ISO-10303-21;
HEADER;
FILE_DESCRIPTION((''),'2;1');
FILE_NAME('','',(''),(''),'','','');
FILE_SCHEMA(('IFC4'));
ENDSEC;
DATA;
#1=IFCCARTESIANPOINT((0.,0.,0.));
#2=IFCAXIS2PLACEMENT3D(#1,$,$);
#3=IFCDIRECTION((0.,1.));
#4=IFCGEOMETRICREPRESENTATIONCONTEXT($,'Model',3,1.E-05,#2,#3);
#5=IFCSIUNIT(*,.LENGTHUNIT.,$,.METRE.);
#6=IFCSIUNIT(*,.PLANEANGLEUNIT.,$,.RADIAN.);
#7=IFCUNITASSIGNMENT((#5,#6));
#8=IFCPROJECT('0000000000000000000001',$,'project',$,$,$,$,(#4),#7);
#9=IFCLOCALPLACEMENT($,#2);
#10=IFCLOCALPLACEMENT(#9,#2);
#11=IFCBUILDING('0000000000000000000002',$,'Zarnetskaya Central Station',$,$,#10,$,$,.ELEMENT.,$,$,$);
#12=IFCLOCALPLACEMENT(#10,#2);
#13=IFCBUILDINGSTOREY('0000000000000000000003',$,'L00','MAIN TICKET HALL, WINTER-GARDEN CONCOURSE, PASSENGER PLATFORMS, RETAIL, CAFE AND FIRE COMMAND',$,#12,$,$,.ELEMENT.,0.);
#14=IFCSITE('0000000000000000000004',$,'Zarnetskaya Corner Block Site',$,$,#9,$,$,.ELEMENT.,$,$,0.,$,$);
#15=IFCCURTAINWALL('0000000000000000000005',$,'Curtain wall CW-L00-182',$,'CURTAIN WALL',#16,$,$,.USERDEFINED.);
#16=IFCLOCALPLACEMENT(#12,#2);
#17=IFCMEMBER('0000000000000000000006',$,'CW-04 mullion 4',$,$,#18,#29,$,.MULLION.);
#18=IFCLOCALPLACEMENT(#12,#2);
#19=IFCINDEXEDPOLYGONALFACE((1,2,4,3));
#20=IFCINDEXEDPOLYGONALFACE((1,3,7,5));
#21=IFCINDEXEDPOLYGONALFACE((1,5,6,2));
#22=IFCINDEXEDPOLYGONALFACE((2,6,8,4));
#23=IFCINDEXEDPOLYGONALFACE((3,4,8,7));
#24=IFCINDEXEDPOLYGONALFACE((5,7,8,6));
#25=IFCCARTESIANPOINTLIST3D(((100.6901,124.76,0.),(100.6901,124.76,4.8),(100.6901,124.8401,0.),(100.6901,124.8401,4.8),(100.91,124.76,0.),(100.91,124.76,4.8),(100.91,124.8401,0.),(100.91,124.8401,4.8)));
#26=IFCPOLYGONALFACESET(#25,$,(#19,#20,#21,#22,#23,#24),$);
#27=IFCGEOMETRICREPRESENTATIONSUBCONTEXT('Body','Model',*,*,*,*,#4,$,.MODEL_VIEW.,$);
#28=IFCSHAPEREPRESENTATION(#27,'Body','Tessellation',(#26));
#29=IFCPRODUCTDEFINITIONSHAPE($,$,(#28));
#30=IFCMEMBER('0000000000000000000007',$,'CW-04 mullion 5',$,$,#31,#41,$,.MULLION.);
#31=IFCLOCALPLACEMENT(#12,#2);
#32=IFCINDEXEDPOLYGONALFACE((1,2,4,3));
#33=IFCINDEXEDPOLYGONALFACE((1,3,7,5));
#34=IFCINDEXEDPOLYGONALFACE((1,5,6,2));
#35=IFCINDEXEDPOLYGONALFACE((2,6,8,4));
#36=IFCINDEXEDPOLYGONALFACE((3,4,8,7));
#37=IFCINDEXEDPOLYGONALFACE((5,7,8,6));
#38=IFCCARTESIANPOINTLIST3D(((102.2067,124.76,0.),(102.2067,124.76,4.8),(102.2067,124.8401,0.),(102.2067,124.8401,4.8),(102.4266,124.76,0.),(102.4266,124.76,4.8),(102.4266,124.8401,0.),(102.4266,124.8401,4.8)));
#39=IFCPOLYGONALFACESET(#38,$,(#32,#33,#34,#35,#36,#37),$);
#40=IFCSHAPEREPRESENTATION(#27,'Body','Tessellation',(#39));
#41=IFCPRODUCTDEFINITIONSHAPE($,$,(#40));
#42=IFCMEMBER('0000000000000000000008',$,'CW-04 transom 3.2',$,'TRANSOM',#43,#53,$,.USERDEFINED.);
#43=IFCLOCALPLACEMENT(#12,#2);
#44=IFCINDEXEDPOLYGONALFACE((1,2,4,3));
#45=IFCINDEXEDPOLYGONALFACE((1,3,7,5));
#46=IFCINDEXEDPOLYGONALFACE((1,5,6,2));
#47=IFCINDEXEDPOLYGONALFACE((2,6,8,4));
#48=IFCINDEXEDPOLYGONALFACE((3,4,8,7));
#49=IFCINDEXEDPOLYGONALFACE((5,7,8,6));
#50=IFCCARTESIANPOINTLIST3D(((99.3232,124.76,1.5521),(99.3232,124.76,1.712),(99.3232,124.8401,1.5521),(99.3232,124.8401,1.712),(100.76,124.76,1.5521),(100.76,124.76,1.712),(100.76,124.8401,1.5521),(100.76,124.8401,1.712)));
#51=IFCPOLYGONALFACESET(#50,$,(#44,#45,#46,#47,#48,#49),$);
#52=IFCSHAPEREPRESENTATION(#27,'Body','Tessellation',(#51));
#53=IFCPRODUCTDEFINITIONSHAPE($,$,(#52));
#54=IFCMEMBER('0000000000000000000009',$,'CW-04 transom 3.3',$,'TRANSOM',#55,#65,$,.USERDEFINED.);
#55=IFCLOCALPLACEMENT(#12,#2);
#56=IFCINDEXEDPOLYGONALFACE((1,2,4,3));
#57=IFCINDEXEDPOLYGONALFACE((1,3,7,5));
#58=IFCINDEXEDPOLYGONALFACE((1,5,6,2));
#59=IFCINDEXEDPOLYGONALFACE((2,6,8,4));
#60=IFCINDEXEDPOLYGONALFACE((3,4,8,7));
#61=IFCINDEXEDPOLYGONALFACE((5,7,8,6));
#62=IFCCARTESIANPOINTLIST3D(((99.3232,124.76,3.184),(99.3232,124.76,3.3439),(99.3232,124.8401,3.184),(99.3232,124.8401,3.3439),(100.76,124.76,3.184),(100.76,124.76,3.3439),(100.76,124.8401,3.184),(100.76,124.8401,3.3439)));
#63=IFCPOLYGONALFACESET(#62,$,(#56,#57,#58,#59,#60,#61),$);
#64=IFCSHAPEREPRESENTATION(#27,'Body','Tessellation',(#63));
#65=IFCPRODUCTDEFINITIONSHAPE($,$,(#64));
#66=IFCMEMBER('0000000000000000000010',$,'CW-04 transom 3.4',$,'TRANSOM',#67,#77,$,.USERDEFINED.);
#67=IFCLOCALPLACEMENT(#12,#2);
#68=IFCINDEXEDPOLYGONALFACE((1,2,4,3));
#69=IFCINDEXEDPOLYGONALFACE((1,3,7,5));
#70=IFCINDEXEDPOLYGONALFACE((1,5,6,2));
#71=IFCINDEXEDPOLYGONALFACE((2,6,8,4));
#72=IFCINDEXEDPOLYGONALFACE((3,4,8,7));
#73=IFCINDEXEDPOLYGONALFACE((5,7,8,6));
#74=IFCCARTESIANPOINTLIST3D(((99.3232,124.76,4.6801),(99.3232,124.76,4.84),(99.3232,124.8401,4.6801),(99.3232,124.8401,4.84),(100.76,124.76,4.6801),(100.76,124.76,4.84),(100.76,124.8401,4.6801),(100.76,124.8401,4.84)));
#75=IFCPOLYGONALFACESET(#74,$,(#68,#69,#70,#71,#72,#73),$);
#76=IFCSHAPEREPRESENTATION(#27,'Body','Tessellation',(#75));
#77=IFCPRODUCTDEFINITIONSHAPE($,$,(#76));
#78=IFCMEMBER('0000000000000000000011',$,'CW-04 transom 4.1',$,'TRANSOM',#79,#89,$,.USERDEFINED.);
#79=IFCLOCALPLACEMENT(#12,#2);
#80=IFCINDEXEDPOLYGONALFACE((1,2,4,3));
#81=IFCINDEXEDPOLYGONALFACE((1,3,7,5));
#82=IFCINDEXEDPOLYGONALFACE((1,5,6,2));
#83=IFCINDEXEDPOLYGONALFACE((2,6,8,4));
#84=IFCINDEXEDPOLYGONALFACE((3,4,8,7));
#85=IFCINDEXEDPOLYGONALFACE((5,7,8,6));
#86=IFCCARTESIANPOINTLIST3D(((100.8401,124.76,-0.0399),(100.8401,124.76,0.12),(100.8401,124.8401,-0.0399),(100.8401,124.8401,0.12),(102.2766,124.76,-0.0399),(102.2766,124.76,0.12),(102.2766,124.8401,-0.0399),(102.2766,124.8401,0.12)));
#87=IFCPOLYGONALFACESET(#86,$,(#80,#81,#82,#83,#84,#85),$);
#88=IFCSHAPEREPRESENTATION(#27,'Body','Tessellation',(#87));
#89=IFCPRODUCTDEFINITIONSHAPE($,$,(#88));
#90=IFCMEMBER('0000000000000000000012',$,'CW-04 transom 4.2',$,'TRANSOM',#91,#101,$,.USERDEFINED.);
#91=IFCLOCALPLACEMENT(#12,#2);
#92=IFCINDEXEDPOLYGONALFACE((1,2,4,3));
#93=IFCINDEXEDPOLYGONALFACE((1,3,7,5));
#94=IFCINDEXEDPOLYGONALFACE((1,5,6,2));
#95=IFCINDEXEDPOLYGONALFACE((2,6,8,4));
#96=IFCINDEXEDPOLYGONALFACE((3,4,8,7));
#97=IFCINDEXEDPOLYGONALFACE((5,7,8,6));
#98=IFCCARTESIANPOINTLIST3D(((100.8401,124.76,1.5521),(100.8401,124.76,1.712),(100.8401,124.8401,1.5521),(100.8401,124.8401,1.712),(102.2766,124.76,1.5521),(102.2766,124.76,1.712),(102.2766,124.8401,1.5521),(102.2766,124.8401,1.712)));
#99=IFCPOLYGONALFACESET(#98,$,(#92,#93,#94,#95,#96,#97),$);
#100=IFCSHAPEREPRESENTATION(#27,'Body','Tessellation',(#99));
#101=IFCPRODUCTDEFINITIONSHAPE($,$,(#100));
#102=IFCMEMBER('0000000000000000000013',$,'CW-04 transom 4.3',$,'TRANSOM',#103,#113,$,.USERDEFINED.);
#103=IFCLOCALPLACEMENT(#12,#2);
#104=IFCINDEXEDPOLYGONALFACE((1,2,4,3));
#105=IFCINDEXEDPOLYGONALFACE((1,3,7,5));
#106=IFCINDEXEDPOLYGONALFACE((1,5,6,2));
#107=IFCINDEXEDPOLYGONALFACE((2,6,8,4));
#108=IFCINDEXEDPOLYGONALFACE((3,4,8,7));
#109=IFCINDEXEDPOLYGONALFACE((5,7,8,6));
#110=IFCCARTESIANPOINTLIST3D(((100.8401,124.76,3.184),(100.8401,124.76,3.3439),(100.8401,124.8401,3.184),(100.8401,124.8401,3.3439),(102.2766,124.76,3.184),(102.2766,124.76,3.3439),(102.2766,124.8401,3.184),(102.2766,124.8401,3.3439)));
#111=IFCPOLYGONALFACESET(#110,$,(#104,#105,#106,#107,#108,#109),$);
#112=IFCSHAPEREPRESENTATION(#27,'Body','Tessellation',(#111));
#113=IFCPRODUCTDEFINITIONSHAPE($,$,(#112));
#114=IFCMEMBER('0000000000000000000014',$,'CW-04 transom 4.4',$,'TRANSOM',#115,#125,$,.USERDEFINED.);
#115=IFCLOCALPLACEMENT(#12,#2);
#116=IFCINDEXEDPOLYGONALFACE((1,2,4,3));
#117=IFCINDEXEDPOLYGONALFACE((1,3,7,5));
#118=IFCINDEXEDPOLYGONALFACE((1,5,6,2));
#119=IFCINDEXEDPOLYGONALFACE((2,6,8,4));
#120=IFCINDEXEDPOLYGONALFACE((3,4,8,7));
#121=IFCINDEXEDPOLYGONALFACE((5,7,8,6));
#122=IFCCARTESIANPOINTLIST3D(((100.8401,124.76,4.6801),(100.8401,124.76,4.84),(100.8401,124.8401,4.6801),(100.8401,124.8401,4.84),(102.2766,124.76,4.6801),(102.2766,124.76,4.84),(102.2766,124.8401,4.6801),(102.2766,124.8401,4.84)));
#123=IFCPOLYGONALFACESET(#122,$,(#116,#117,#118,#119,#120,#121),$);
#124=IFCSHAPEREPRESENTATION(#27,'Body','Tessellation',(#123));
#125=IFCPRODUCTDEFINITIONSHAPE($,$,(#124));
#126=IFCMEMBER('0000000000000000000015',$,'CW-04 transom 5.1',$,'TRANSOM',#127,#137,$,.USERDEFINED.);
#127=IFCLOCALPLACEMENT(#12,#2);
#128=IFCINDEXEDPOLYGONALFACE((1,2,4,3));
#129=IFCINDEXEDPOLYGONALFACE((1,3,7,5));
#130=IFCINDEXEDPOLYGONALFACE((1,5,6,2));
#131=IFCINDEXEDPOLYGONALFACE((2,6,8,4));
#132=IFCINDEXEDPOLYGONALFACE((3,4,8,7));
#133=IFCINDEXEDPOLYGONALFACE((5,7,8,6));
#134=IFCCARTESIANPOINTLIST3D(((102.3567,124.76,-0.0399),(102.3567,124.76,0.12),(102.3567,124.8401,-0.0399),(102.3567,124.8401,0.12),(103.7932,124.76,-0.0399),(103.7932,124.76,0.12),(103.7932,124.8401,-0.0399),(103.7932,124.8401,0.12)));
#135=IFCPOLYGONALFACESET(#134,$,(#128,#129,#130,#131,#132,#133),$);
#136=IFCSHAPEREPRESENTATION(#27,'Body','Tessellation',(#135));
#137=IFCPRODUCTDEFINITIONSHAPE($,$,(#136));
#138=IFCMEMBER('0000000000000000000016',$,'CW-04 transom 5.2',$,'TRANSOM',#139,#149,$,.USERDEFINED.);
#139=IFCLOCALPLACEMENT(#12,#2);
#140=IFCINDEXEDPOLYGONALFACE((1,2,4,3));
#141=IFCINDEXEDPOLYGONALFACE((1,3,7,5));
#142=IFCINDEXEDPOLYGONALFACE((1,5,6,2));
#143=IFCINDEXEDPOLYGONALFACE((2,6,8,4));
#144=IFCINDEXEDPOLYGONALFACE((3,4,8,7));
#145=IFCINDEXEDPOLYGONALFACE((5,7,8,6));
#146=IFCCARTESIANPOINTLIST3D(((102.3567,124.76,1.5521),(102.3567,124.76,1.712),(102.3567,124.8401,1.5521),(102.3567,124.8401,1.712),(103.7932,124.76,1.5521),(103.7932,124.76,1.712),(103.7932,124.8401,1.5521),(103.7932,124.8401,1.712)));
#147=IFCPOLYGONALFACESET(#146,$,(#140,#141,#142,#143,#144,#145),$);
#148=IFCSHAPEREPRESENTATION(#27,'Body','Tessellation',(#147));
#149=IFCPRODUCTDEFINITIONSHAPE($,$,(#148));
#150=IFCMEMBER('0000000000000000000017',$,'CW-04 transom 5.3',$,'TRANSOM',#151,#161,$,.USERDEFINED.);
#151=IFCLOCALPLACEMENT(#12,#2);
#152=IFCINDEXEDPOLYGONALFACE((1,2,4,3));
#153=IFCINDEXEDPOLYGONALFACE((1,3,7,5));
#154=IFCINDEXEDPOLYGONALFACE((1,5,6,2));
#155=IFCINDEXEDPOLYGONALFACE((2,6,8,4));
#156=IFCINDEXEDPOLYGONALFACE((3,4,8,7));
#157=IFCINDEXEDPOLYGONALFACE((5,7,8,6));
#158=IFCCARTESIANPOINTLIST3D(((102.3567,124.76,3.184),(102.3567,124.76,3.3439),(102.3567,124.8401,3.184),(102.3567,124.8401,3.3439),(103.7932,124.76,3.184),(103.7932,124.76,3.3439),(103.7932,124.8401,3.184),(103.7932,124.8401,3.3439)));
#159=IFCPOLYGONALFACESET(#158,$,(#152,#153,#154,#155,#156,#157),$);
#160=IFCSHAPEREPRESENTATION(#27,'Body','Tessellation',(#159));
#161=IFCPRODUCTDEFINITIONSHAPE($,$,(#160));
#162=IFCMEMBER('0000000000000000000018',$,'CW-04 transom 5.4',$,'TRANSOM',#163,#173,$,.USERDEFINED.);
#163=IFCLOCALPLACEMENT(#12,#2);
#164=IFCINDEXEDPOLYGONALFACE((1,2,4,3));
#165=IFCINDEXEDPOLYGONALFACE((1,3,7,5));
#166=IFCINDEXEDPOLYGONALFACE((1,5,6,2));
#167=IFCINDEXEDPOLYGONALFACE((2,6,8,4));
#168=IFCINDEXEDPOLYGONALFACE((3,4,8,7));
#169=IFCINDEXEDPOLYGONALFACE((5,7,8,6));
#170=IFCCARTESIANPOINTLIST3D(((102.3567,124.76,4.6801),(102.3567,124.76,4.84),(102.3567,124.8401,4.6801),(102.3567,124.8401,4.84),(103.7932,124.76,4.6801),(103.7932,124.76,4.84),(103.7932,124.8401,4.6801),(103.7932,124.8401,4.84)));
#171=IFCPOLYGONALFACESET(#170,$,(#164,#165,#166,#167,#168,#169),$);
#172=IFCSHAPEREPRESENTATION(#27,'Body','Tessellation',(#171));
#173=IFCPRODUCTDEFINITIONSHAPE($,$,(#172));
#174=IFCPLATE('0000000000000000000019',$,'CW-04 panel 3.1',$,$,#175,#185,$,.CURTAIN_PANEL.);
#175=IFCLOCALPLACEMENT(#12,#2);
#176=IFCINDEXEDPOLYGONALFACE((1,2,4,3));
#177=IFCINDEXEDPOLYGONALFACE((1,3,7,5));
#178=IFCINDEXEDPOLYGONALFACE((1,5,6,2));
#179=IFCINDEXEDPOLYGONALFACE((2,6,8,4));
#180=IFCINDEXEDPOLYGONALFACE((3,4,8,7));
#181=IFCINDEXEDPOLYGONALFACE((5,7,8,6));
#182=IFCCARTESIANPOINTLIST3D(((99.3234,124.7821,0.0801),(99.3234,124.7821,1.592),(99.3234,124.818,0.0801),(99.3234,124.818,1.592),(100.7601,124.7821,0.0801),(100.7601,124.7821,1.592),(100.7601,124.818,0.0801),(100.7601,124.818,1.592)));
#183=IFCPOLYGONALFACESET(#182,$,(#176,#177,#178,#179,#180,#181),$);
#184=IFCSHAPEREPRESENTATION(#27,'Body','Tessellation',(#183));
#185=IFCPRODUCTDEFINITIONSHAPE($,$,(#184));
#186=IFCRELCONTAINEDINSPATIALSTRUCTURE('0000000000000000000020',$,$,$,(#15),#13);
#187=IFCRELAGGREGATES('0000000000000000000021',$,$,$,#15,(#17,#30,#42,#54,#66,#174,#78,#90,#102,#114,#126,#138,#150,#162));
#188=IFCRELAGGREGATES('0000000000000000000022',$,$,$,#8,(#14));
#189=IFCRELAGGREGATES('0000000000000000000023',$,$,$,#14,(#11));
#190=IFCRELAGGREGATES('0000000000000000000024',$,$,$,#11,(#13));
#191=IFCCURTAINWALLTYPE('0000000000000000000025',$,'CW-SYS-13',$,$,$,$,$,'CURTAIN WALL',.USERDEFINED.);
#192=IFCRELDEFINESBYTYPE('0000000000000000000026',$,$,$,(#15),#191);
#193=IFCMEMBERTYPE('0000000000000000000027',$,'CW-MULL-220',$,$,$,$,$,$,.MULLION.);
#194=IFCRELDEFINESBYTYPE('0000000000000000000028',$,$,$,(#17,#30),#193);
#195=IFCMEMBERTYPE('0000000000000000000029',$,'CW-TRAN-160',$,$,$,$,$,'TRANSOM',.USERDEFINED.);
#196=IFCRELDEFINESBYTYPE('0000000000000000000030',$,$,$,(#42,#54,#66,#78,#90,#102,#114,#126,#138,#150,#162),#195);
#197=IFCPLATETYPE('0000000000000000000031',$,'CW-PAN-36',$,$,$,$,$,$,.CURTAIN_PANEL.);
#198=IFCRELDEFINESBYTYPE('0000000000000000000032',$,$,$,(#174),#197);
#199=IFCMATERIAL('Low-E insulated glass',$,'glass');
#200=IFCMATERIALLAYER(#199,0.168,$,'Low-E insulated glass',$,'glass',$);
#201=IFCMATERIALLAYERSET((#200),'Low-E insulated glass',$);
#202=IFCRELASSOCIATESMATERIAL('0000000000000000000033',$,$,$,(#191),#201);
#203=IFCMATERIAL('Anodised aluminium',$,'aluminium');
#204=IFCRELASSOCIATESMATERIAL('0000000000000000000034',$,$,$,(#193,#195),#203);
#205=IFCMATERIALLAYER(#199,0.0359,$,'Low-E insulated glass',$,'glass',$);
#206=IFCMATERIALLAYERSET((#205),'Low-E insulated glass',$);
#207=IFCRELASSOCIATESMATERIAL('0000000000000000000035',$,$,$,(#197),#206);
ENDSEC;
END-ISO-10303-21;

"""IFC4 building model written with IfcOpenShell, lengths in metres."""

from ifc_helpers import new_model, si_unit, direction, frame, origin, origin_2d, place, context, subcontext, project, spatial, rectangle, extrude, material, layer, layer_set, material_profile, profile_set, type_object, element, aggregate, save


model = new_model("IFC4")

# Units and contexts
model_context = context("Model", 3, precision=1e-05, world=origin(), true_north=direction((0.0, 1.0)))
body_context = subcontext(model_context, "Body", "Model", "MODEL_VIEW")
ifc_project = project(units=[si_unit("LENGTHUNIT", "METRE"), si_unit("PLANEANGLEUNIT", "RADIAN")], contexts=[model_context])

# Site, building, storey
site_placement = place(None, origin())
site = spatial("IfcSite", under=ifc_project, at=site_placement, Name="Zarnetskaya Corner Block Site", CompositionType="ELEMENT", RefElevation=0.0)
building_placement = place(site_placement, origin())
building = spatial("IfcBuilding", under=site, at=building_placement, Name="Zarnetskaya Central Station", CompositionType="ELEMENT")
storey_placement = place(building_placement, origin())
storey = spatial("IfcBuildingStorey", under=building, at=storey_placement, Name="L00", Description="MAIN TICKET HALL, WINTER-GARDEN CONCOURSE, PASSENGER PLATFORMS, RETAIL, CAFE AND FIRE COMMAND", CompositionType="ELEMENT", Elevation=0.0)

# Curtain wall, members, plate
ifc_material_1 = material(Name="Low-E insulated glass", Category="glass")
ifc_layer_1 = layer(ifc_material_1, 0.168, Name="Low-E insulated glass", Category="glass")
ifc_layer_set_1 = layer_set([ifc_layer_1], Name="Low-E insulated glass")
curtain_wall_type = type_object("IfcCurtainWallType", Name="CW-SYS-13", ElementType="CURTAIN WALL", PredefinedType="USERDEFINED", material=ifc_layer_set_1)
curtain_wall_placement = place(storey_placement, origin())
curtain_wall = element("IfcCurtainWall", 1, at=curtain_wall_placement, inside=storey, type_object=curtain_wall_type, Name="Curtain wall CW-L00-182", ObjectType="CURTAIN WALL", PredefinedType="USERDEFINED")
ifc_material_2 = material(Name="Anodised aluminium", Category="aluminium")
ifc_material_profile_1 = material_profile(ifc_material_2, rectangle(XDim=0.0801, YDim=0.22, at=origin_2d()), Name="ALU MULL 80x220")
ifc_profile_set_1 = profile_set([ifc_material_profile_1], Name="Anodised aluminium")
member_type_1 = type_object("IfcMemberType", Name="CW-MULL-220", PredefinedType="MULLION", material=ifc_profile_set_1)
member_1_placement = place(storey_placement, frame((100.8, 124.8, 0.0), z_axis=(0.0, 0.0, 1.0), x_axis=(0.0, 1.0, 0.0)))
member_1 = element("IfcMember", 2, at=member_1_placement, type_object=member_type_1, Name="CW-04 mullion 4", PredefinedType="MULLION", context=body_context, shape_type="SweptSolid", body=[
    extrude(rectangle(XDim=0.0801, YDim=0.22, at=origin_2d()), origin(), (0.0, 0.0, 1.0), 4.8),
])
member_2_placement = place(storey_placement, frame((102.3167, 124.8, 0.0), z_axis=(0.0, 0.0, 1.0), x_axis=(0.0, 1.0, 0.0)))
member_2 = element("IfcMember", 3, at=member_2_placement, type_object=member_type_1, Name="CW-04 mullion 5", PredefinedType="MULLION", context=body_context, shape_type="SweptSolid", body=[
    extrude(rectangle(XDim=0.0801, YDim=0.22, at=origin_2d()), origin(), (0.0, 0.0, 1.0), 4.8),
])
ifc_material_profile_2 = material_profile(ifc_material_2, rectangle(XDim=0.0801, YDim=0.1599, at=origin_2d()), Name="ALU TRAN 80x160")
ifc_profile_set_2 = profile_set([ifc_material_profile_2], Name="Anodised aluminium")
member_type_2 = type_object("IfcMemberType", Name="CW-TRAN-160", ElementType="TRANSOM", PredefinedType="USERDEFINED", material=ifc_profile_set_2)
member_3_placement = place(storey_placement, frame((99.3232, 124.8, 1.6321), z_axis=(1.0, 0.0, 0.0), x_axis=(0.0, 1.0, 0.0)))
member_3 = element("IfcMember", 4, at=member_3_placement, type_object=member_type_2, Name="CW-04 transom 3.2", ObjectType="TRANSOM", PredefinedType="USERDEFINED", context=body_context, shape_type="SweptSolid", body=[
    extrude(rectangle(XDim=0.0801, YDim=0.1599, at=origin_2d()), origin(), (0.0, 0.0, 1.0), 1.4368),
])
member_4_placement = place(storey_placement, frame((99.3232, 124.8, 3.2639), z_axis=(1.0, 0.0, 0.0), x_axis=(0.0, 1.0, 0.0)))
member_4 = element("IfcMember", 5, at=member_4_placement, type_object=member_type_2, Name="CW-04 transom 3.3", ObjectType="TRANSOM", PredefinedType="USERDEFINED", context=body_context, shape_type="SweptSolid", body=[
    extrude(rectangle(XDim=0.0801, YDim=0.1599, at=origin_2d()), origin(), (0.0, 0.0, 1.0), 1.4368),
])
member_5_placement = place(storey_placement, frame((99.3232, 124.8, 4.76), z_axis=(1.0, 0.0, 0.0), x_axis=(0.0, 1.0, 0.0)))
member_5 = element("IfcMember", 6, at=member_5_placement, type_object=member_type_2, Name="CW-04 transom 3.4", ObjectType="TRANSOM", PredefinedType="USERDEFINED", context=body_context, shape_type="SweptSolid", body=[
    extrude(rectangle(XDim=0.0801, YDim=0.1599, at=origin_2d()), origin(), (0.0, 0.0, 1.0), 1.4368),
])
member_6_placement = place(storey_placement, frame((100.8401, 124.8, 0.04), z_axis=(1.0, 0.0, 0.0), x_axis=(0.0, 1.0, 0.0)))
member_6 = element("IfcMember", 7, at=member_6_placement, type_object=member_type_2, Name="CW-04 transom 4.1", ObjectType="TRANSOM", PredefinedType="USERDEFINED", context=body_context, shape_type="SweptSolid", body=[
    extrude(rectangle(XDim=0.0801, YDim=0.1599, at=origin_2d()), origin(), (0.0, 0.0, 1.0), 1.4365),
])
member_7_placement = place(storey_placement, frame((100.8401, 124.8, 1.6321), z_axis=(1.0, 0.0, 0.0), x_axis=(0.0, 1.0, 0.0)))
member_7 = element("IfcMember", 8, at=member_7_placement, type_object=member_type_2, Name="CW-04 transom 4.2", ObjectType="TRANSOM", PredefinedType="USERDEFINED", context=body_context, shape_type="SweptSolid", body=[
    extrude(rectangle(XDim=0.0801, YDim=0.1599, at=origin_2d()), origin(), (0.0, 0.0, 1.0), 1.4365),
])
member_8_placement = place(storey_placement, frame((100.8401, 124.8, 3.2639), z_axis=(1.0, 0.0, 0.0), x_axis=(0.0, 1.0, 0.0)))
member_8 = element("IfcMember", 9, at=member_8_placement, type_object=member_type_2, Name="CW-04 transom 4.3", ObjectType="TRANSOM", PredefinedType="USERDEFINED", context=body_context, shape_type="SweptSolid", body=[
    extrude(rectangle(XDim=0.0801, YDim=0.1599, at=origin_2d()), origin(), (0.0, 0.0, 1.0), 1.4365),
])
member_9_placement = place(storey_placement, frame((100.8401, 124.8, 4.76), z_axis=(1.0, 0.0, 0.0), x_axis=(0.0, 1.0, 0.0)))
member_9 = element("IfcMember", 10, at=member_9_placement, type_object=member_type_2, Name="CW-04 transom 4.4", ObjectType="TRANSOM", PredefinedType="USERDEFINED", context=body_context, shape_type="SweptSolid", body=[
    extrude(rectangle(XDim=0.0801, YDim=0.1599, at=origin_2d()), origin(), (0.0, 0.0, 1.0), 1.4365),
])
member_10_placement = place(storey_placement, frame((102.3567, 124.8, 0.04), z_axis=(1.0, 0.0, 0.0), x_axis=(0.0, 1.0, 0.0)))
member_10 = element("IfcMember", 11, at=member_10_placement, type_object=member_type_2, Name="CW-04 transom 5.1", ObjectType="TRANSOM", PredefinedType="USERDEFINED", context=body_context, shape_type="SweptSolid", body=[
    extrude(rectangle(XDim=0.0801, YDim=0.1599, at=origin_2d()), origin(), (0.0, 0.0, 1.0), 1.4365),
])
member_11_placement = place(storey_placement, frame((102.3567, 124.8, 1.6321), z_axis=(1.0, 0.0, 0.0), x_axis=(0.0, 1.0, 0.0)))
member_11 = element("IfcMember", 12, at=member_11_placement, type_object=member_type_2, Name="CW-04 transom 5.2", ObjectType="TRANSOM", PredefinedType="USERDEFINED", context=body_context, shape_type="SweptSolid", body=[
    extrude(rectangle(XDim=0.0801, YDim=0.1599, at=origin_2d()), origin(), (0.0, 0.0, 1.0), 1.4365),
])
member_12_placement = place(storey_placement, frame((102.3567, 124.8, 3.2639), z_axis=(1.0, 0.0, 0.0), x_axis=(0.0, 1.0, 0.0)))
member_12 = element("IfcMember", 13, at=member_12_placement, type_object=member_type_2, Name="CW-04 transom 5.3", ObjectType="TRANSOM", PredefinedType="USERDEFINED", context=body_context, shape_type="SweptSolid", body=[
    extrude(rectangle(XDim=0.0801, YDim=0.1599, at=origin_2d()), origin(), (0.0, 0.0, 1.0), 1.4365),
])
member_13_placement = place(storey_placement, frame((102.3567, 124.8, 4.76), z_axis=(1.0, 0.0, 0.0), x_axis=(0.0, 1.0, 0.0)))
member_13 = element("IfcMember", 14, at=member_13_placement, type_object=member_type_2, Name="CW-04 transom 5.4", ObjectType="TRANSOM", PredefinedType="USERDEFINED", context=body_context, shape_type="SweptSolid", body=[
    extrude(rectangle(XDim=0.0801, YDim=0.1599, at=origin_2d()), origin(), (0.0, 0.0, 1.0), 1.4365),
])
ifc_layer_2 = layer(ifc_material_1, 0.0359, Name="Low-E insulated glass", Category="glass")
ifc_layer_set_2 = layer_set([ifc_layer_2], Name="Low-E insulated glass")
plate_type = type_object("IfcPlateType", Name="CW-PAN-36", PredefinedType="CURTAIN_PANEL", material=ifc_layer_set_2)
plate_1_placement = place(storey_placement, frame((100.0417, 124.8, 0.0801), z_axis=(0.0, 0.0, 1.0), x_axis=(1.0, 0.0, 0.0)))
plate_1 = element("IfcPlate", 15, at=plate_1_placement, type_object=plate_type, Name="CW-04 panel 3.1", PredefinedType="CURTAIN_PANEL", context=body_context, shape_type="SweptSolid", body=[
    extrude(rectangle(XDim=1.4368, YDim=0.0359, at=origin_2d()), origin(), (0.0, 0.0, 1.0), 1.512),
])
aggregate(curtain_wall, [member_1, member_2, member_3, member_4, member_5, plate_1, member_6, member_7, member_8, member_9, member_10, member_11, member_12, member_13])

save(model, "model.ifc")
